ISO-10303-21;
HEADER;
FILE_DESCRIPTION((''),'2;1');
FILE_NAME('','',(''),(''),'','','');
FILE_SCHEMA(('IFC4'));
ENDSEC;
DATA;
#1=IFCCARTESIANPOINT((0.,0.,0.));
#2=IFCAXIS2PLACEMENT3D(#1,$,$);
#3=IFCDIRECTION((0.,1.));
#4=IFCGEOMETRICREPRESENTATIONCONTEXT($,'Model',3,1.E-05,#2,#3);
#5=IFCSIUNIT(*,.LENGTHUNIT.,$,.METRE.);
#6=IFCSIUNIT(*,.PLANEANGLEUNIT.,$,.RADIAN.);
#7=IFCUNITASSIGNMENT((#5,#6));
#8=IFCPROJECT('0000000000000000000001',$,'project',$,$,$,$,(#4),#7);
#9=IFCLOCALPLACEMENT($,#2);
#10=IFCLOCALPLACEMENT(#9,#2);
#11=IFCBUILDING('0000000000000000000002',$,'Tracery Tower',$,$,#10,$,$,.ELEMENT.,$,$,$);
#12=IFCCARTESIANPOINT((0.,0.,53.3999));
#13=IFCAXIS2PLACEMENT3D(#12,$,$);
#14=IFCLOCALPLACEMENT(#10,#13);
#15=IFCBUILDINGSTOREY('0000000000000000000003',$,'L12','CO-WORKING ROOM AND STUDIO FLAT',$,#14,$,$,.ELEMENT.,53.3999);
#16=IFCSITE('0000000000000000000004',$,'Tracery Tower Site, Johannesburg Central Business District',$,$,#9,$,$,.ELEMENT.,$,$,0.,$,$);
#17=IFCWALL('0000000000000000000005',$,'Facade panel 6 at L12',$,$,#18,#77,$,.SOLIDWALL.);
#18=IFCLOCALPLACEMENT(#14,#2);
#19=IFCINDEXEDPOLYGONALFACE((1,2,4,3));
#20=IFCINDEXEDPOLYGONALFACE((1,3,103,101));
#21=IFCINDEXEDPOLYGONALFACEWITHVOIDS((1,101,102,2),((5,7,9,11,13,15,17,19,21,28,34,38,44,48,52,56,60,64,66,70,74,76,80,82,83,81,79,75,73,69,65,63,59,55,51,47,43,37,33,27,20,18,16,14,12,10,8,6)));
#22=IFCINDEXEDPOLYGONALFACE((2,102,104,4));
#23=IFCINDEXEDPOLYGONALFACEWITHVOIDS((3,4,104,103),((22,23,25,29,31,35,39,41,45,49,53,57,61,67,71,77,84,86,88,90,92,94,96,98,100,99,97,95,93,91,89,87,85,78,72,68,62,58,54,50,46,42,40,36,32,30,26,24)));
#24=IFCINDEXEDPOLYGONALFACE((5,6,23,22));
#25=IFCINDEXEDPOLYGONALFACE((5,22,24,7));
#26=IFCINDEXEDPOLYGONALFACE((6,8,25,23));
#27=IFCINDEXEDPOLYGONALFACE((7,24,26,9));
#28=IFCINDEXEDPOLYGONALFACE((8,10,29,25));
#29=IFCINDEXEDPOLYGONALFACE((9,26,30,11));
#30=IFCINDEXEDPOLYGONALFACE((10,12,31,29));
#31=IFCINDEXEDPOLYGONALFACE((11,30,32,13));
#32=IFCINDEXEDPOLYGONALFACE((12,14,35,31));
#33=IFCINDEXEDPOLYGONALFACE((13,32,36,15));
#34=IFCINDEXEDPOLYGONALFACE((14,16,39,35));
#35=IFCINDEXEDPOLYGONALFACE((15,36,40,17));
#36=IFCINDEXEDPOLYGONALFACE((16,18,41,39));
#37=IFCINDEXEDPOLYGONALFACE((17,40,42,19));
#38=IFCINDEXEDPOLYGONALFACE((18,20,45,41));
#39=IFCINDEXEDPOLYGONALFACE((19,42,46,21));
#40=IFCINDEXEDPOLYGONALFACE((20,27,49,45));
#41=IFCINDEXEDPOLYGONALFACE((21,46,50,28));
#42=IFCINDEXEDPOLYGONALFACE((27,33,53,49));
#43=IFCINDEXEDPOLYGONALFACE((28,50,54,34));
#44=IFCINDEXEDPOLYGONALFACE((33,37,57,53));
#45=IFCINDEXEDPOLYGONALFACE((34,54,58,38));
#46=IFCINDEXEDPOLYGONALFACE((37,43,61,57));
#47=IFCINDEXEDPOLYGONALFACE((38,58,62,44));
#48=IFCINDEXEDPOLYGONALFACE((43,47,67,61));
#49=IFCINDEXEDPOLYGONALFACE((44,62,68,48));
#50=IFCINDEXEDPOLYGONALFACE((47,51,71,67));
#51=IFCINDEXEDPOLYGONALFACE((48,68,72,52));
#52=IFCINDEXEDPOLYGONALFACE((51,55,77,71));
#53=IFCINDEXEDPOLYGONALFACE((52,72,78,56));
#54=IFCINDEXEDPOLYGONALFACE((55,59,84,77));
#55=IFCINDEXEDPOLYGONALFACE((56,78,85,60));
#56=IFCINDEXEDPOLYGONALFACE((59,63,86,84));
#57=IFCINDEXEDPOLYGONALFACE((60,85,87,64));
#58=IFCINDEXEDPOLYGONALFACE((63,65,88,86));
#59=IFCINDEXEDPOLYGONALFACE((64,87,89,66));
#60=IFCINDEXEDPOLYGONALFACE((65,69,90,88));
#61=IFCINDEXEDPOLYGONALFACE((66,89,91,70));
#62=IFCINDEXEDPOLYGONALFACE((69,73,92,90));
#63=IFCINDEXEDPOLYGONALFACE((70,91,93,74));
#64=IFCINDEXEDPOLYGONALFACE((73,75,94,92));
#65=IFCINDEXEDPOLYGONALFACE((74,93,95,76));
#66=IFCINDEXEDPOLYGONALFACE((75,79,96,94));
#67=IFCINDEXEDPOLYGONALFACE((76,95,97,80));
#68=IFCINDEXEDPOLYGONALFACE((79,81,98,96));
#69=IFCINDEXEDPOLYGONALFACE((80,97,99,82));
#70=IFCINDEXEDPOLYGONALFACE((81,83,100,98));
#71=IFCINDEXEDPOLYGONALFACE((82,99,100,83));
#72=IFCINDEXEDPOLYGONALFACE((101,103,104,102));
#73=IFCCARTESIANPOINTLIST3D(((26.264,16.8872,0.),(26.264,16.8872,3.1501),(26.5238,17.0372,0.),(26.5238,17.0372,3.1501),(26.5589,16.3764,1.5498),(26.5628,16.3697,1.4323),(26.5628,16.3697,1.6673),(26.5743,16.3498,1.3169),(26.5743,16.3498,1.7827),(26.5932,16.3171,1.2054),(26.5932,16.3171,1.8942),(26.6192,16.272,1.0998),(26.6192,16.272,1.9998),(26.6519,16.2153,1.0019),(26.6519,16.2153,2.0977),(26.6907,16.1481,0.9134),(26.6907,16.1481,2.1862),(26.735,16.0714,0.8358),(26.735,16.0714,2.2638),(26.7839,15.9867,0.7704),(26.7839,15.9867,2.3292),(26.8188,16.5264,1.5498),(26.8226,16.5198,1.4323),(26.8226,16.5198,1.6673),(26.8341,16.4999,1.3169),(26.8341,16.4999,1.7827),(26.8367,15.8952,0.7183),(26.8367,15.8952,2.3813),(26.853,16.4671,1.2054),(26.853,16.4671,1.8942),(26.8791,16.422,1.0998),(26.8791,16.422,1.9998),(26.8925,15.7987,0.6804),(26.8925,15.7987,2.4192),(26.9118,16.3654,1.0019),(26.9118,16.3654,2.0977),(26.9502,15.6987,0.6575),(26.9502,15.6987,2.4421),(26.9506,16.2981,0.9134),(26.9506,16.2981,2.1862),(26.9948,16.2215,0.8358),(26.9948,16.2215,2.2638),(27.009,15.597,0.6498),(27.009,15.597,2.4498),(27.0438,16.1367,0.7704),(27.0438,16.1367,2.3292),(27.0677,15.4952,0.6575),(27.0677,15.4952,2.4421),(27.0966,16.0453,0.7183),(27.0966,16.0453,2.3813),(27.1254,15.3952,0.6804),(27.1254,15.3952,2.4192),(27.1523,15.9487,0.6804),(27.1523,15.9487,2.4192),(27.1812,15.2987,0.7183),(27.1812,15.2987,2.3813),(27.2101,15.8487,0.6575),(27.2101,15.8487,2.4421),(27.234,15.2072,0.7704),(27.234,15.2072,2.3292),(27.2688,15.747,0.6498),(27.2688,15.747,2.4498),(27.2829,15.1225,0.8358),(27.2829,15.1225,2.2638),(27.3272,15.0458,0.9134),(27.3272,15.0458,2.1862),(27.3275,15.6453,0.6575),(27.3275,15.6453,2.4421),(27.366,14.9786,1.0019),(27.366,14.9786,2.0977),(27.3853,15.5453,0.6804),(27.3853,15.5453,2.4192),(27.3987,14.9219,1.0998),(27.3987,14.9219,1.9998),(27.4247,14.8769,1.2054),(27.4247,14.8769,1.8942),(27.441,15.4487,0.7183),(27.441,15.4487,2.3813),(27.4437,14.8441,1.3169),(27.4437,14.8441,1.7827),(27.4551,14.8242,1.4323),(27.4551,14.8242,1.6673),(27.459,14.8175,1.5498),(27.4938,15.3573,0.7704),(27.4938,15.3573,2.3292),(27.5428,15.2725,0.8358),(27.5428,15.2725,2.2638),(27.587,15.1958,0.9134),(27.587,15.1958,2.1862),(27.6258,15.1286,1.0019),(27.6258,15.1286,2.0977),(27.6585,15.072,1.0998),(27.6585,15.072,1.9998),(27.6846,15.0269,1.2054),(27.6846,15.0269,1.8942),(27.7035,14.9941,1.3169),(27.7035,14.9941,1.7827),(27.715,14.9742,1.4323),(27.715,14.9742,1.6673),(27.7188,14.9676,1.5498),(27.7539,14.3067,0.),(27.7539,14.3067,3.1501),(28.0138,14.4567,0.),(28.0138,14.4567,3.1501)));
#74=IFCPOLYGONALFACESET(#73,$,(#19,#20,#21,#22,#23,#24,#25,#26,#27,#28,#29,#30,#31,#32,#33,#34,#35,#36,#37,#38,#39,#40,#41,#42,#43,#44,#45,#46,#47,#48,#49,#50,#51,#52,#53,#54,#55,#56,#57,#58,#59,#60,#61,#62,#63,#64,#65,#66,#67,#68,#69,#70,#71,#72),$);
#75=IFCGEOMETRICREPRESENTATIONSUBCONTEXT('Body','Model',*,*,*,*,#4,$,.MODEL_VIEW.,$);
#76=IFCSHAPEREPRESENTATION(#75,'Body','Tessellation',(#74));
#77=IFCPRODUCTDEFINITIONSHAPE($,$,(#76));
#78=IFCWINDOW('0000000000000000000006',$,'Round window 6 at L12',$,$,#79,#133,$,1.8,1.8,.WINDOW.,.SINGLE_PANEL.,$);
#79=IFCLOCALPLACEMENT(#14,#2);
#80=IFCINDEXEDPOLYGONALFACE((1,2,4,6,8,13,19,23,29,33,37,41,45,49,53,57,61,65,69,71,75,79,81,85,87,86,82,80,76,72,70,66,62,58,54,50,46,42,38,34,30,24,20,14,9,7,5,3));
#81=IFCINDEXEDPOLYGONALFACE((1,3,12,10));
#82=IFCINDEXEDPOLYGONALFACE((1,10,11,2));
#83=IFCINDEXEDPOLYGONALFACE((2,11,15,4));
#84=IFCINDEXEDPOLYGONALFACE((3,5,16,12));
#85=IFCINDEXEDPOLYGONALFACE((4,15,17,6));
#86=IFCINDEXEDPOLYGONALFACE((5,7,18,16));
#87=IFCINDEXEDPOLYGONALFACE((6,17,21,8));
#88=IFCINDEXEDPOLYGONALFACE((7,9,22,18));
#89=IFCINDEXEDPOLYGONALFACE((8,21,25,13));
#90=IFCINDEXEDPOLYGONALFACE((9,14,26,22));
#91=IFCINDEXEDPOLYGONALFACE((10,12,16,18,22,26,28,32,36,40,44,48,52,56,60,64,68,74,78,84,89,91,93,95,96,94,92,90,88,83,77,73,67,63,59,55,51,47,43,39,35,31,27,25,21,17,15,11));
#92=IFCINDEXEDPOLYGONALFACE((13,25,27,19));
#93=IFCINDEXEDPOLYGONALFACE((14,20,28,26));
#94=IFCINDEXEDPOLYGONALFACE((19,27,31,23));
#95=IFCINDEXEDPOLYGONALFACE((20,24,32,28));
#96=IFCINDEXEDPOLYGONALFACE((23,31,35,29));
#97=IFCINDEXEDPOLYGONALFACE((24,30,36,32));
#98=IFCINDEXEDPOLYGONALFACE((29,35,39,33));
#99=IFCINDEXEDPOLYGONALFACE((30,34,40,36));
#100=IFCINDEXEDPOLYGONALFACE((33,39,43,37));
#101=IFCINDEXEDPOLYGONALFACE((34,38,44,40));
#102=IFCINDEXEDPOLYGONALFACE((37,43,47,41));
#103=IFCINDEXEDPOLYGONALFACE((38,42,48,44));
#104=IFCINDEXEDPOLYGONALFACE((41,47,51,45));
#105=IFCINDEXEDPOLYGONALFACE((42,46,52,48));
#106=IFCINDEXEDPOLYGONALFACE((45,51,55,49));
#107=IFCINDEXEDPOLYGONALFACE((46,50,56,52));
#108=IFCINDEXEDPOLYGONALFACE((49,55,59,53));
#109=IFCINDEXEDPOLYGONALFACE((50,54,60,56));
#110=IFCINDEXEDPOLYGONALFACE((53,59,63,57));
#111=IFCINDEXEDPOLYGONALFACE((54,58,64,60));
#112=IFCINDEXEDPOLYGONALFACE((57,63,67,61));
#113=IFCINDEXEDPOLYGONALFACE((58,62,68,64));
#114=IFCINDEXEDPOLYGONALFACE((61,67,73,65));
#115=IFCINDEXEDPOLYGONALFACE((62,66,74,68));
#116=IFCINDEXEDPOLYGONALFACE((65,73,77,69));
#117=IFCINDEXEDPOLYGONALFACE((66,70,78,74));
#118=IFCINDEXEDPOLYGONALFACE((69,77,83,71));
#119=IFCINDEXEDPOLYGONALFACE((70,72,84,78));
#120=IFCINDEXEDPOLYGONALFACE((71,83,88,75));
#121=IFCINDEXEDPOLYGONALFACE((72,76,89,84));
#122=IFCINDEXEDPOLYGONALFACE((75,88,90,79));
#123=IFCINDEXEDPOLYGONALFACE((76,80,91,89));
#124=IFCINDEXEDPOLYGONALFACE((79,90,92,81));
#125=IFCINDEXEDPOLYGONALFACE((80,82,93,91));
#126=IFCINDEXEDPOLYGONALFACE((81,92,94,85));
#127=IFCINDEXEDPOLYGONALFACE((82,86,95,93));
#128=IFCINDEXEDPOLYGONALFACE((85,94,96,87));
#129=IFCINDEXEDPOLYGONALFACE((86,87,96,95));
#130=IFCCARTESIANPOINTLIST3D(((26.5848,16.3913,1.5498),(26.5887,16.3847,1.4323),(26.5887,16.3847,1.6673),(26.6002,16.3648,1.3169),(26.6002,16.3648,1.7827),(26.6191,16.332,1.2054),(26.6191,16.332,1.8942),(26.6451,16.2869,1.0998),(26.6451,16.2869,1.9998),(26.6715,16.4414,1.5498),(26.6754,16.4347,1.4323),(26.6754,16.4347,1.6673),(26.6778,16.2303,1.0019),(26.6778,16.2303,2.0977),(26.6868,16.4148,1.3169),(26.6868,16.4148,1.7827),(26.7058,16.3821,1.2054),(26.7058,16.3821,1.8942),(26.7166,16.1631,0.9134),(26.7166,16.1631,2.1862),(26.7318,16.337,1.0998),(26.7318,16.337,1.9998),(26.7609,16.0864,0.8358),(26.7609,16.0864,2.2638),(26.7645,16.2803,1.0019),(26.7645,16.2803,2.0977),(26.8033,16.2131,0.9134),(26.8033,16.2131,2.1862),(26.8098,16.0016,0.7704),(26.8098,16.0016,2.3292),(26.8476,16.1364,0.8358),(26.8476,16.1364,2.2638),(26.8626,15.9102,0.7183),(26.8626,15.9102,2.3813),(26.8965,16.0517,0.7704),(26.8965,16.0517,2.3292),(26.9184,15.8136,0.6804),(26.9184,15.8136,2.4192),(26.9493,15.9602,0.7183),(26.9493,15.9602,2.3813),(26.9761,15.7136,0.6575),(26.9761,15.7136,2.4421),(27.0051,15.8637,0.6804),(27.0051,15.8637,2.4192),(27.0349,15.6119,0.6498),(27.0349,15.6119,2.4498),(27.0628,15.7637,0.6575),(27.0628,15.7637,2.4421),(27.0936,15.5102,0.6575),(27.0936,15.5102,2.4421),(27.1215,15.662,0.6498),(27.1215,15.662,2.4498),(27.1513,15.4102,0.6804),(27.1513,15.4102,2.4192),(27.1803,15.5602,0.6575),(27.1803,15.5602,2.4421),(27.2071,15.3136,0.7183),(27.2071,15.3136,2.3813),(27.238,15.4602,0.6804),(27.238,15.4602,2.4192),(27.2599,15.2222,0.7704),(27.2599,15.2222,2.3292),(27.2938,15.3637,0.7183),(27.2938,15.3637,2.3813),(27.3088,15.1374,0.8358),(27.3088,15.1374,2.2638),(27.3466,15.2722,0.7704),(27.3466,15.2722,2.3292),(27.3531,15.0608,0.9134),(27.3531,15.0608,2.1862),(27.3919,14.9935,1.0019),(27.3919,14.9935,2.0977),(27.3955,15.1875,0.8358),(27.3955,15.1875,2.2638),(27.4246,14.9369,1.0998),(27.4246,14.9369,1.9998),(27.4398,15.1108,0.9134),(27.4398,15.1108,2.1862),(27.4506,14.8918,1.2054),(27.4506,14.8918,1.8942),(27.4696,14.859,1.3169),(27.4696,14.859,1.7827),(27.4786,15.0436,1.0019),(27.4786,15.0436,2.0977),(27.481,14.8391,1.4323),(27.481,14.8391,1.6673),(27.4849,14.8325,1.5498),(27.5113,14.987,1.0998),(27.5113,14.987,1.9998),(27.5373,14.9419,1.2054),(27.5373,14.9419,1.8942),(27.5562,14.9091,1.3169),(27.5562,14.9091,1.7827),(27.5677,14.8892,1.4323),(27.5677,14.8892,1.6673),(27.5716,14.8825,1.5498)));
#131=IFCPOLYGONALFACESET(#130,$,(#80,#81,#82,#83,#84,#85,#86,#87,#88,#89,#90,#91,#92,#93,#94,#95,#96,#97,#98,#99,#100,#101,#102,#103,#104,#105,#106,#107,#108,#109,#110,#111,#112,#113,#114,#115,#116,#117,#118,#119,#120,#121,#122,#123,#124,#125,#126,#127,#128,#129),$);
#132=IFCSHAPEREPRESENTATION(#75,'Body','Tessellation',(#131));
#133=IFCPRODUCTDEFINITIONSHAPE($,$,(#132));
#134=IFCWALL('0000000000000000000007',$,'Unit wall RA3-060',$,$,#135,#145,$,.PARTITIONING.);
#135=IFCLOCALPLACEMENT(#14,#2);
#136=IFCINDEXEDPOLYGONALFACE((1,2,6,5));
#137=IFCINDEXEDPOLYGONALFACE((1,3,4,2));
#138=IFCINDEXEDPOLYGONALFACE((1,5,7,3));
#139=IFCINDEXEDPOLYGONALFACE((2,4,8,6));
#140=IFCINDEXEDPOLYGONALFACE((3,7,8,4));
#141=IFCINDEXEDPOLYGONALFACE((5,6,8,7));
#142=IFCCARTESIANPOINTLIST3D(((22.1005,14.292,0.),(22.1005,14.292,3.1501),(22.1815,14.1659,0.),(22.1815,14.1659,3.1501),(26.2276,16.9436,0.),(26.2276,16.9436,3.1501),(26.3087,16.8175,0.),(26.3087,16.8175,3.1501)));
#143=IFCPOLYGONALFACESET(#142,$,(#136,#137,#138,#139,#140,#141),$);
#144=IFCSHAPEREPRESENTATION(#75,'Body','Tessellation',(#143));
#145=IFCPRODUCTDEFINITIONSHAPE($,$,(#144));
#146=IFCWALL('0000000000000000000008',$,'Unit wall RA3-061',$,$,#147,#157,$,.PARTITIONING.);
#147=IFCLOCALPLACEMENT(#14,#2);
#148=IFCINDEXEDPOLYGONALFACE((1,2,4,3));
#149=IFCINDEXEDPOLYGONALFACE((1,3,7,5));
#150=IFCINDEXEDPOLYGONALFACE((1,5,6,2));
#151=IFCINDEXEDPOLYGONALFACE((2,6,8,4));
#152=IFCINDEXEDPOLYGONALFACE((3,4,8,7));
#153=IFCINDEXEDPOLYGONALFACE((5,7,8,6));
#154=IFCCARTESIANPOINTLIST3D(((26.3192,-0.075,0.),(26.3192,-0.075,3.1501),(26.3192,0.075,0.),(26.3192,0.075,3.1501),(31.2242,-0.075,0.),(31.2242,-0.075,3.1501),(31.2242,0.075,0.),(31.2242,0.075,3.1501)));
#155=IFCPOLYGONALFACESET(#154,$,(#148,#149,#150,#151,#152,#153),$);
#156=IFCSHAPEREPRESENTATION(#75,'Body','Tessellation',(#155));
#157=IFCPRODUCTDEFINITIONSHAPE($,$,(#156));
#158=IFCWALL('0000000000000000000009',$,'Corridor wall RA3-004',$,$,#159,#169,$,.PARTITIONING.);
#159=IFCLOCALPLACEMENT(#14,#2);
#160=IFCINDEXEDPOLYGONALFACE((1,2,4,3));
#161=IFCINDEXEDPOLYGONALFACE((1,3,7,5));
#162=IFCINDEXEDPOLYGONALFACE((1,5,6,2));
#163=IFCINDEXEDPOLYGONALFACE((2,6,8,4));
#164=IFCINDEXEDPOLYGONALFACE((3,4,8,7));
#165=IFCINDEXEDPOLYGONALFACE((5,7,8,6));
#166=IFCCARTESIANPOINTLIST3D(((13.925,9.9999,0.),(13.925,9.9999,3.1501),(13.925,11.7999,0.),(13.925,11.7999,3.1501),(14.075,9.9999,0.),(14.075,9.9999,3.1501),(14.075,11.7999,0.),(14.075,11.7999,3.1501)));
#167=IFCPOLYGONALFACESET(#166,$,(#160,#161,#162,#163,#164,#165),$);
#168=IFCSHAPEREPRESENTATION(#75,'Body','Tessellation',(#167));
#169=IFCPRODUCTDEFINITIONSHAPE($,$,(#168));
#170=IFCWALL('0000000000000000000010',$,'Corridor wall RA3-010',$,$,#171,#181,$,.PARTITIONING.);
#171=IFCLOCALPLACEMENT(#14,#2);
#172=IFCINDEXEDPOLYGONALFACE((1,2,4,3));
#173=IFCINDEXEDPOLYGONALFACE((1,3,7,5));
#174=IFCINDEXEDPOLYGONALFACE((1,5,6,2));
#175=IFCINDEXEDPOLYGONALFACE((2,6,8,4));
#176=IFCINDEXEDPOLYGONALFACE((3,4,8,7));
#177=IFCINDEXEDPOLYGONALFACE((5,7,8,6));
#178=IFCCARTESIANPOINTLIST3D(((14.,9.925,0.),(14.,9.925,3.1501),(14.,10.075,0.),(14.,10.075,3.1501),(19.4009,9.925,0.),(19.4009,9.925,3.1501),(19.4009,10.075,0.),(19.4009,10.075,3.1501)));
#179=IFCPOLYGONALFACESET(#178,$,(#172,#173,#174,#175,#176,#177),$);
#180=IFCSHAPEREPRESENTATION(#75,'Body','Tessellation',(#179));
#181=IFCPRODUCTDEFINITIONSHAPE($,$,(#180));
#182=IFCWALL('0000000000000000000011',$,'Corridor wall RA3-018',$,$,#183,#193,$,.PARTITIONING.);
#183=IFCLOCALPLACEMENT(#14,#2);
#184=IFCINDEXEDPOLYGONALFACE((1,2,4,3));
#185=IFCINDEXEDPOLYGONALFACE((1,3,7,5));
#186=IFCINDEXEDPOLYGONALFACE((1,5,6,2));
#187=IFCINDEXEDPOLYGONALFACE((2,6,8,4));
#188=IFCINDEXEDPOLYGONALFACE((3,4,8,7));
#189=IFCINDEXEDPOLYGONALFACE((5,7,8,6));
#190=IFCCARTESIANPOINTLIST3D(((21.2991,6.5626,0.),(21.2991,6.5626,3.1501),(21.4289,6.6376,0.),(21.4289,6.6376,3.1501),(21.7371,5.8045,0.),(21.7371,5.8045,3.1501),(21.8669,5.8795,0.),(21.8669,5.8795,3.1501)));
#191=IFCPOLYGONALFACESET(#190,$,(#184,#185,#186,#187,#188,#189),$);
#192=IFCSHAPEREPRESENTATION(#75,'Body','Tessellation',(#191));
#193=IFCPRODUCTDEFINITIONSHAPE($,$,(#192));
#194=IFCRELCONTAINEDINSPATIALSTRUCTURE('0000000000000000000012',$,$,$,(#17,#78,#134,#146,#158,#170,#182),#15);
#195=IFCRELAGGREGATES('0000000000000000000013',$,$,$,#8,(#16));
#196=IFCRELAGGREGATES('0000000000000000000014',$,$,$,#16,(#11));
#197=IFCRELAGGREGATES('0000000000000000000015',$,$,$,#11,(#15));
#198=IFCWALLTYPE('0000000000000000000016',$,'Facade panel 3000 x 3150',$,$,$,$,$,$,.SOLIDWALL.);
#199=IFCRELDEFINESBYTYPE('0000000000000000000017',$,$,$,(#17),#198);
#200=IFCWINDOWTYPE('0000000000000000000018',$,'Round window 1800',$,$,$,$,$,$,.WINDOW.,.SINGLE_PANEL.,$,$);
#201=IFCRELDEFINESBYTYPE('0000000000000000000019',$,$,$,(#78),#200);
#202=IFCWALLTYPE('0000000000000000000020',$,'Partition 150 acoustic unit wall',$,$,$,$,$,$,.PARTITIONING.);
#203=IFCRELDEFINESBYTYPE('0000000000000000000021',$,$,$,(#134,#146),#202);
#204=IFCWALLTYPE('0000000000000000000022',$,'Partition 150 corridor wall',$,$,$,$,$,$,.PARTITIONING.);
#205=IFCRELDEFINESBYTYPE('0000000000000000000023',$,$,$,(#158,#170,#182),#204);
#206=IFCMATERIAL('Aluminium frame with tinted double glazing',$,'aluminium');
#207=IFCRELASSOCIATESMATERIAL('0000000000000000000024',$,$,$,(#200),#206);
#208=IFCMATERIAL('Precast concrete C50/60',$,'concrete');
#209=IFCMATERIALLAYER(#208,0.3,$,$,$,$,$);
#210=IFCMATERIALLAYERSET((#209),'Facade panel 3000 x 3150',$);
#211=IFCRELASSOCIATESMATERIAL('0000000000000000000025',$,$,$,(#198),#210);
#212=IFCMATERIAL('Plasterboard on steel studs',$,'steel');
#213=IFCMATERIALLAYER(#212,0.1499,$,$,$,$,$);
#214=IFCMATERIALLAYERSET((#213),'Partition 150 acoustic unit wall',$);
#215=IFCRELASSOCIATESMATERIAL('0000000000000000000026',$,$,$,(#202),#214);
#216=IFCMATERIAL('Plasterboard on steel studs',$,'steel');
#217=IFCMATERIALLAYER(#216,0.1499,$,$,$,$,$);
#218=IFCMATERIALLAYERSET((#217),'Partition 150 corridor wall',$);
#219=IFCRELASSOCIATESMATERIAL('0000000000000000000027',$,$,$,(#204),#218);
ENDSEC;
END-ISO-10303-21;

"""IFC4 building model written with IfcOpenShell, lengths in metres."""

from ifc_helpers import new_model, si_unit, direction, frame, frame_2d, origin, origin_2d, place, context, subcontext, project, spatial, rectangle, circle, extrude, material, layer, layer_set, type_object, element, fill, save


model = new_model("IFC4")

# Units and contexts
model_context = context("Model", 3, precision=1e-05, world=origin(), true_north=direction((0.0, 1.0)))
body_context = subcontext(model_context, "Body", "Model", "MODEL_VIEW")
ifc_project = project(units=[si_unit("LENGTHUNIT", "METRE"), si_unit("PLANEANGLEUNIT", "RADIAN")], contexts=[model_context])

# Site, building, storey
site_placement = place(None, origin())
site = spatial("IfcSite", under=ifc_project, at=site_placement, Name="Tracery Tower Site, Johannesburg Central Business District", CompositionType="ELEMENT", RefElevation=0.0)
building_placement = place(site_placement, origin())
building = spatial("IfcBuilding", under=site, at=building_placement, Name="Tracery Tower", CompositionType="ELEMENT")
storey_placement = place(building_placement, frame((0.0, 0.0, 53.3999)))
storey = spatial("IfcBuildingStorey", under=building, at=storey_placement, Name="L12", Description="CO-WORKING ROOM AND STUDIO FLAT", CompositionType="ELEMENT", Elevation=53.3999)

# Wall, opening, window
ifc_material_1 = material(Name="Aluminium frame with tinted double glazing", Category="aluminium")
window_type = type_object("IfcWindowType", Name="Round window 1800", PartitioningType="SINGLE_PANEL", PredefinedType="WINDOW", material=ifc_material_1)
ifc_material_2 = material(Name="Precast concrete C50/60", Category="concrete")
ifc_layer_1 = layer(ifc_material_2, 0.3)
ifc_layer_set_1 = layer_set([ifc_layer_1], Name="Facade panel 3000 x 3150")
wall_type_1 = type_object("IfcWallType", Name="Facade panel 3000 x 3150", PredefinedType="SOLIDWALL", material=ifc_layer_set_1)
wall_1_placement = place(storey_placement, frame((27.8838, 14.3818, 0.0), z_axis=(0.0, 0.0, 1.0), x_axis=(-0.500025, 0.866011, 0.0)))
wall_1 = element("IfcWall", 1, at=wall_1_placement, inside=storey, type_object=wall_type_1, Name="Facade panel 6 at L12", PredefinedType="SOLIDWALL", context=body_context, shape_type="SweptSolid", body=[
    extrude(rectangle(XDim=2.9797, YDim=0.3, at=frame_2d((1.4897, 0.0))), origin(), (0.0, 0.0, 1.0), 3.1501),
])
opening_1_placement = place(wall_1_placement, frame((1.4897, 0.0, 1.5498)))
opening_1 = element("IfcOpeningElement", 2, at=opening_1_placement, cuts=wall_1, PredefinedType="OPENING", context=body_context, shape_type="SweptSolid", body=[
    extrude(circle(Radius=0.9, at=origin_2d()), frame((0.0, 0.1599, 0.0), z_axis=(0.0, -1.0, 0.0), x_axis=(1.0, 0.0, 0.0)), (0.0, 0.0, 1.0), 0.3201),
])
window_1_placement = place(opening_1_placement, origin())
window_1 = element("IfcWindow", 3, at=window_1_placement, inside=storey, type_object=window_type, Name="Round window 6 at L12", OverallHeight=1.8, OverallWidth=1.8, PartitioningType="SINGLE_PANEL", PredefinedType="WINDOW", context=body_context, shape_type="SweptSolid", body=[
    extrude(circle(Radius=0.9, at=origin_2d()), frame((0.0, 0.1201, 0.0), z_axis=(0.0, -1.0, 0.0), x_axis=(1.0, 0.0, 0.0)), (0.0, 0.0, 1.0), 0.1001),
])
fill(opening_1, window_1)

# Walls
ifc_material_3 = material(Name="Plasterboard on steel studs", Category="steel")
ifc_layer_2 = layer(ifc_material_3, 0.1499)
ifc_layer_set_2 = layer_set([ifc_layer_2], Name="Partition 150 acoustic unit wall")
wall_type_2 = type_object("IfcWallType", Name="Partition 150 acoustic unit wall", PredefinedType="PARTITIONING", material=ifc_layer_set_2)
wall_2_placement = place(storey_placement, frame((22.1411, 14.229, 0.0), z_axis=(0.0, 0.0, 1.0), x_axis=(0.841326, 0.540529, 0.0)))
element("IfcWall", 4, at=wall_2_placement, inside=storey, type_object=wall_type_2, Name="Unit wall RA3-060", PredefinedType="PARTITIONING", context=body_context, shape_type="SweptSolid", body=[
    extrude(rectangle(XDim=4.9055, YDim=0.1499, at=frame_2d((2.4526, 0.0))), origin(), (0.0, 0.0, 1.0), 3.1501),
])
wall_3_placement = place(storey_placement, frame((26.3191, 0.0, 0.0), z_axis=(0.0, 0.0, 1.0), x_axis=(1.0, 0.0, 0.0)))
element("IfcWall", 5, at=wall_3_placement, inside=storey, type_object=wall_type_2, Name="Unit wall RA3-061", PredefinedType="PARTITIONING", context=body_context, shape_type="SweptSolid", body=[
    extrude(rectangle(XDim=4.905, YDim=0.1499, at=frame_2d((2.4526, 0.0))), origin(), (0.0, 0.0, 1.0), 3.1501),
])
ifc_material_4 = material(Name="Plasterboard on steel studs", Category="steel")
ifc_layer_3 = layer(ifc_material_4, 0.1499)
ifc_layer_set_3 = layer_set([ifc_layer_3], Name="Partition 150 corridor wall")
wall_type_3 = type_object("IfcWallType", Name="Partition 150 corridor wall", PredefinedType="PARTITIONING", material=ifc_layer_set_3)
wall_4_placement = place(storey_placement, frame((14.0, 10.0, 0.0), z_axis=(0.0, 0.0, 1.0), x_axis=(0.0, 1.0, 0.0)))
element("IfcWall", 6, at=wall_4_placement, inside=storey, type_object=wall_type_3, Name="Corridor wall RA3-004", PredefinedType="PARTITIONING", context=body_context, shape_type="SweptSolid", body=[
    extrude(rectangle(XDim=1.8, YDim=0.1499, at=frame_2d((0.8999, 0.0))), origin(), (0.0, 0.0, 1.0), 3.1501),
])
wall_5_placement = place(storey_placement, frame((14.0, 10.0, 0.0), z_axis=(0.0, 0.0, 1.0), x_axis=(1.0, 0.0, 0.0)))
element("IfcWall", 7, at=wall_5_placement, inside=storey, type_object=wall_type_3, Name="Corridor wall RA3-010", PredefinedType="PARTITIONING", context=body_context, shape_type="SweptSolid", body=[
    extrude(rectangle(XDim=5.4009, YDim=0.1499, at=frame_2d((2.7004, 0.0))), origin(), (0.0, 0.0, 1.0), 3.1501),
])
wall_6_placement = place(storey_placement, frame((21.364, 6.6001, 0.0), z_axis=(0.0, 0.0, 1.0), x_axis=(0.500278, -0.865865, 0.0)))
element("IfcWall", 8, at=wall_6_placement, inside=storey, type_object=wall_type_3, Name="Corridor wall RA3-018", PredefinedType="PARTITIONING", context=body_context, shape_type="SweptSolid", body=[
    extrude(rectangle(XDim=0.8755, YDim=0.1499, at=frame_2d((0.4377, 0.0))), origin(), (0.0, 0.0, 1.0), 3.1501),
])

save(model, "model.ifc")
